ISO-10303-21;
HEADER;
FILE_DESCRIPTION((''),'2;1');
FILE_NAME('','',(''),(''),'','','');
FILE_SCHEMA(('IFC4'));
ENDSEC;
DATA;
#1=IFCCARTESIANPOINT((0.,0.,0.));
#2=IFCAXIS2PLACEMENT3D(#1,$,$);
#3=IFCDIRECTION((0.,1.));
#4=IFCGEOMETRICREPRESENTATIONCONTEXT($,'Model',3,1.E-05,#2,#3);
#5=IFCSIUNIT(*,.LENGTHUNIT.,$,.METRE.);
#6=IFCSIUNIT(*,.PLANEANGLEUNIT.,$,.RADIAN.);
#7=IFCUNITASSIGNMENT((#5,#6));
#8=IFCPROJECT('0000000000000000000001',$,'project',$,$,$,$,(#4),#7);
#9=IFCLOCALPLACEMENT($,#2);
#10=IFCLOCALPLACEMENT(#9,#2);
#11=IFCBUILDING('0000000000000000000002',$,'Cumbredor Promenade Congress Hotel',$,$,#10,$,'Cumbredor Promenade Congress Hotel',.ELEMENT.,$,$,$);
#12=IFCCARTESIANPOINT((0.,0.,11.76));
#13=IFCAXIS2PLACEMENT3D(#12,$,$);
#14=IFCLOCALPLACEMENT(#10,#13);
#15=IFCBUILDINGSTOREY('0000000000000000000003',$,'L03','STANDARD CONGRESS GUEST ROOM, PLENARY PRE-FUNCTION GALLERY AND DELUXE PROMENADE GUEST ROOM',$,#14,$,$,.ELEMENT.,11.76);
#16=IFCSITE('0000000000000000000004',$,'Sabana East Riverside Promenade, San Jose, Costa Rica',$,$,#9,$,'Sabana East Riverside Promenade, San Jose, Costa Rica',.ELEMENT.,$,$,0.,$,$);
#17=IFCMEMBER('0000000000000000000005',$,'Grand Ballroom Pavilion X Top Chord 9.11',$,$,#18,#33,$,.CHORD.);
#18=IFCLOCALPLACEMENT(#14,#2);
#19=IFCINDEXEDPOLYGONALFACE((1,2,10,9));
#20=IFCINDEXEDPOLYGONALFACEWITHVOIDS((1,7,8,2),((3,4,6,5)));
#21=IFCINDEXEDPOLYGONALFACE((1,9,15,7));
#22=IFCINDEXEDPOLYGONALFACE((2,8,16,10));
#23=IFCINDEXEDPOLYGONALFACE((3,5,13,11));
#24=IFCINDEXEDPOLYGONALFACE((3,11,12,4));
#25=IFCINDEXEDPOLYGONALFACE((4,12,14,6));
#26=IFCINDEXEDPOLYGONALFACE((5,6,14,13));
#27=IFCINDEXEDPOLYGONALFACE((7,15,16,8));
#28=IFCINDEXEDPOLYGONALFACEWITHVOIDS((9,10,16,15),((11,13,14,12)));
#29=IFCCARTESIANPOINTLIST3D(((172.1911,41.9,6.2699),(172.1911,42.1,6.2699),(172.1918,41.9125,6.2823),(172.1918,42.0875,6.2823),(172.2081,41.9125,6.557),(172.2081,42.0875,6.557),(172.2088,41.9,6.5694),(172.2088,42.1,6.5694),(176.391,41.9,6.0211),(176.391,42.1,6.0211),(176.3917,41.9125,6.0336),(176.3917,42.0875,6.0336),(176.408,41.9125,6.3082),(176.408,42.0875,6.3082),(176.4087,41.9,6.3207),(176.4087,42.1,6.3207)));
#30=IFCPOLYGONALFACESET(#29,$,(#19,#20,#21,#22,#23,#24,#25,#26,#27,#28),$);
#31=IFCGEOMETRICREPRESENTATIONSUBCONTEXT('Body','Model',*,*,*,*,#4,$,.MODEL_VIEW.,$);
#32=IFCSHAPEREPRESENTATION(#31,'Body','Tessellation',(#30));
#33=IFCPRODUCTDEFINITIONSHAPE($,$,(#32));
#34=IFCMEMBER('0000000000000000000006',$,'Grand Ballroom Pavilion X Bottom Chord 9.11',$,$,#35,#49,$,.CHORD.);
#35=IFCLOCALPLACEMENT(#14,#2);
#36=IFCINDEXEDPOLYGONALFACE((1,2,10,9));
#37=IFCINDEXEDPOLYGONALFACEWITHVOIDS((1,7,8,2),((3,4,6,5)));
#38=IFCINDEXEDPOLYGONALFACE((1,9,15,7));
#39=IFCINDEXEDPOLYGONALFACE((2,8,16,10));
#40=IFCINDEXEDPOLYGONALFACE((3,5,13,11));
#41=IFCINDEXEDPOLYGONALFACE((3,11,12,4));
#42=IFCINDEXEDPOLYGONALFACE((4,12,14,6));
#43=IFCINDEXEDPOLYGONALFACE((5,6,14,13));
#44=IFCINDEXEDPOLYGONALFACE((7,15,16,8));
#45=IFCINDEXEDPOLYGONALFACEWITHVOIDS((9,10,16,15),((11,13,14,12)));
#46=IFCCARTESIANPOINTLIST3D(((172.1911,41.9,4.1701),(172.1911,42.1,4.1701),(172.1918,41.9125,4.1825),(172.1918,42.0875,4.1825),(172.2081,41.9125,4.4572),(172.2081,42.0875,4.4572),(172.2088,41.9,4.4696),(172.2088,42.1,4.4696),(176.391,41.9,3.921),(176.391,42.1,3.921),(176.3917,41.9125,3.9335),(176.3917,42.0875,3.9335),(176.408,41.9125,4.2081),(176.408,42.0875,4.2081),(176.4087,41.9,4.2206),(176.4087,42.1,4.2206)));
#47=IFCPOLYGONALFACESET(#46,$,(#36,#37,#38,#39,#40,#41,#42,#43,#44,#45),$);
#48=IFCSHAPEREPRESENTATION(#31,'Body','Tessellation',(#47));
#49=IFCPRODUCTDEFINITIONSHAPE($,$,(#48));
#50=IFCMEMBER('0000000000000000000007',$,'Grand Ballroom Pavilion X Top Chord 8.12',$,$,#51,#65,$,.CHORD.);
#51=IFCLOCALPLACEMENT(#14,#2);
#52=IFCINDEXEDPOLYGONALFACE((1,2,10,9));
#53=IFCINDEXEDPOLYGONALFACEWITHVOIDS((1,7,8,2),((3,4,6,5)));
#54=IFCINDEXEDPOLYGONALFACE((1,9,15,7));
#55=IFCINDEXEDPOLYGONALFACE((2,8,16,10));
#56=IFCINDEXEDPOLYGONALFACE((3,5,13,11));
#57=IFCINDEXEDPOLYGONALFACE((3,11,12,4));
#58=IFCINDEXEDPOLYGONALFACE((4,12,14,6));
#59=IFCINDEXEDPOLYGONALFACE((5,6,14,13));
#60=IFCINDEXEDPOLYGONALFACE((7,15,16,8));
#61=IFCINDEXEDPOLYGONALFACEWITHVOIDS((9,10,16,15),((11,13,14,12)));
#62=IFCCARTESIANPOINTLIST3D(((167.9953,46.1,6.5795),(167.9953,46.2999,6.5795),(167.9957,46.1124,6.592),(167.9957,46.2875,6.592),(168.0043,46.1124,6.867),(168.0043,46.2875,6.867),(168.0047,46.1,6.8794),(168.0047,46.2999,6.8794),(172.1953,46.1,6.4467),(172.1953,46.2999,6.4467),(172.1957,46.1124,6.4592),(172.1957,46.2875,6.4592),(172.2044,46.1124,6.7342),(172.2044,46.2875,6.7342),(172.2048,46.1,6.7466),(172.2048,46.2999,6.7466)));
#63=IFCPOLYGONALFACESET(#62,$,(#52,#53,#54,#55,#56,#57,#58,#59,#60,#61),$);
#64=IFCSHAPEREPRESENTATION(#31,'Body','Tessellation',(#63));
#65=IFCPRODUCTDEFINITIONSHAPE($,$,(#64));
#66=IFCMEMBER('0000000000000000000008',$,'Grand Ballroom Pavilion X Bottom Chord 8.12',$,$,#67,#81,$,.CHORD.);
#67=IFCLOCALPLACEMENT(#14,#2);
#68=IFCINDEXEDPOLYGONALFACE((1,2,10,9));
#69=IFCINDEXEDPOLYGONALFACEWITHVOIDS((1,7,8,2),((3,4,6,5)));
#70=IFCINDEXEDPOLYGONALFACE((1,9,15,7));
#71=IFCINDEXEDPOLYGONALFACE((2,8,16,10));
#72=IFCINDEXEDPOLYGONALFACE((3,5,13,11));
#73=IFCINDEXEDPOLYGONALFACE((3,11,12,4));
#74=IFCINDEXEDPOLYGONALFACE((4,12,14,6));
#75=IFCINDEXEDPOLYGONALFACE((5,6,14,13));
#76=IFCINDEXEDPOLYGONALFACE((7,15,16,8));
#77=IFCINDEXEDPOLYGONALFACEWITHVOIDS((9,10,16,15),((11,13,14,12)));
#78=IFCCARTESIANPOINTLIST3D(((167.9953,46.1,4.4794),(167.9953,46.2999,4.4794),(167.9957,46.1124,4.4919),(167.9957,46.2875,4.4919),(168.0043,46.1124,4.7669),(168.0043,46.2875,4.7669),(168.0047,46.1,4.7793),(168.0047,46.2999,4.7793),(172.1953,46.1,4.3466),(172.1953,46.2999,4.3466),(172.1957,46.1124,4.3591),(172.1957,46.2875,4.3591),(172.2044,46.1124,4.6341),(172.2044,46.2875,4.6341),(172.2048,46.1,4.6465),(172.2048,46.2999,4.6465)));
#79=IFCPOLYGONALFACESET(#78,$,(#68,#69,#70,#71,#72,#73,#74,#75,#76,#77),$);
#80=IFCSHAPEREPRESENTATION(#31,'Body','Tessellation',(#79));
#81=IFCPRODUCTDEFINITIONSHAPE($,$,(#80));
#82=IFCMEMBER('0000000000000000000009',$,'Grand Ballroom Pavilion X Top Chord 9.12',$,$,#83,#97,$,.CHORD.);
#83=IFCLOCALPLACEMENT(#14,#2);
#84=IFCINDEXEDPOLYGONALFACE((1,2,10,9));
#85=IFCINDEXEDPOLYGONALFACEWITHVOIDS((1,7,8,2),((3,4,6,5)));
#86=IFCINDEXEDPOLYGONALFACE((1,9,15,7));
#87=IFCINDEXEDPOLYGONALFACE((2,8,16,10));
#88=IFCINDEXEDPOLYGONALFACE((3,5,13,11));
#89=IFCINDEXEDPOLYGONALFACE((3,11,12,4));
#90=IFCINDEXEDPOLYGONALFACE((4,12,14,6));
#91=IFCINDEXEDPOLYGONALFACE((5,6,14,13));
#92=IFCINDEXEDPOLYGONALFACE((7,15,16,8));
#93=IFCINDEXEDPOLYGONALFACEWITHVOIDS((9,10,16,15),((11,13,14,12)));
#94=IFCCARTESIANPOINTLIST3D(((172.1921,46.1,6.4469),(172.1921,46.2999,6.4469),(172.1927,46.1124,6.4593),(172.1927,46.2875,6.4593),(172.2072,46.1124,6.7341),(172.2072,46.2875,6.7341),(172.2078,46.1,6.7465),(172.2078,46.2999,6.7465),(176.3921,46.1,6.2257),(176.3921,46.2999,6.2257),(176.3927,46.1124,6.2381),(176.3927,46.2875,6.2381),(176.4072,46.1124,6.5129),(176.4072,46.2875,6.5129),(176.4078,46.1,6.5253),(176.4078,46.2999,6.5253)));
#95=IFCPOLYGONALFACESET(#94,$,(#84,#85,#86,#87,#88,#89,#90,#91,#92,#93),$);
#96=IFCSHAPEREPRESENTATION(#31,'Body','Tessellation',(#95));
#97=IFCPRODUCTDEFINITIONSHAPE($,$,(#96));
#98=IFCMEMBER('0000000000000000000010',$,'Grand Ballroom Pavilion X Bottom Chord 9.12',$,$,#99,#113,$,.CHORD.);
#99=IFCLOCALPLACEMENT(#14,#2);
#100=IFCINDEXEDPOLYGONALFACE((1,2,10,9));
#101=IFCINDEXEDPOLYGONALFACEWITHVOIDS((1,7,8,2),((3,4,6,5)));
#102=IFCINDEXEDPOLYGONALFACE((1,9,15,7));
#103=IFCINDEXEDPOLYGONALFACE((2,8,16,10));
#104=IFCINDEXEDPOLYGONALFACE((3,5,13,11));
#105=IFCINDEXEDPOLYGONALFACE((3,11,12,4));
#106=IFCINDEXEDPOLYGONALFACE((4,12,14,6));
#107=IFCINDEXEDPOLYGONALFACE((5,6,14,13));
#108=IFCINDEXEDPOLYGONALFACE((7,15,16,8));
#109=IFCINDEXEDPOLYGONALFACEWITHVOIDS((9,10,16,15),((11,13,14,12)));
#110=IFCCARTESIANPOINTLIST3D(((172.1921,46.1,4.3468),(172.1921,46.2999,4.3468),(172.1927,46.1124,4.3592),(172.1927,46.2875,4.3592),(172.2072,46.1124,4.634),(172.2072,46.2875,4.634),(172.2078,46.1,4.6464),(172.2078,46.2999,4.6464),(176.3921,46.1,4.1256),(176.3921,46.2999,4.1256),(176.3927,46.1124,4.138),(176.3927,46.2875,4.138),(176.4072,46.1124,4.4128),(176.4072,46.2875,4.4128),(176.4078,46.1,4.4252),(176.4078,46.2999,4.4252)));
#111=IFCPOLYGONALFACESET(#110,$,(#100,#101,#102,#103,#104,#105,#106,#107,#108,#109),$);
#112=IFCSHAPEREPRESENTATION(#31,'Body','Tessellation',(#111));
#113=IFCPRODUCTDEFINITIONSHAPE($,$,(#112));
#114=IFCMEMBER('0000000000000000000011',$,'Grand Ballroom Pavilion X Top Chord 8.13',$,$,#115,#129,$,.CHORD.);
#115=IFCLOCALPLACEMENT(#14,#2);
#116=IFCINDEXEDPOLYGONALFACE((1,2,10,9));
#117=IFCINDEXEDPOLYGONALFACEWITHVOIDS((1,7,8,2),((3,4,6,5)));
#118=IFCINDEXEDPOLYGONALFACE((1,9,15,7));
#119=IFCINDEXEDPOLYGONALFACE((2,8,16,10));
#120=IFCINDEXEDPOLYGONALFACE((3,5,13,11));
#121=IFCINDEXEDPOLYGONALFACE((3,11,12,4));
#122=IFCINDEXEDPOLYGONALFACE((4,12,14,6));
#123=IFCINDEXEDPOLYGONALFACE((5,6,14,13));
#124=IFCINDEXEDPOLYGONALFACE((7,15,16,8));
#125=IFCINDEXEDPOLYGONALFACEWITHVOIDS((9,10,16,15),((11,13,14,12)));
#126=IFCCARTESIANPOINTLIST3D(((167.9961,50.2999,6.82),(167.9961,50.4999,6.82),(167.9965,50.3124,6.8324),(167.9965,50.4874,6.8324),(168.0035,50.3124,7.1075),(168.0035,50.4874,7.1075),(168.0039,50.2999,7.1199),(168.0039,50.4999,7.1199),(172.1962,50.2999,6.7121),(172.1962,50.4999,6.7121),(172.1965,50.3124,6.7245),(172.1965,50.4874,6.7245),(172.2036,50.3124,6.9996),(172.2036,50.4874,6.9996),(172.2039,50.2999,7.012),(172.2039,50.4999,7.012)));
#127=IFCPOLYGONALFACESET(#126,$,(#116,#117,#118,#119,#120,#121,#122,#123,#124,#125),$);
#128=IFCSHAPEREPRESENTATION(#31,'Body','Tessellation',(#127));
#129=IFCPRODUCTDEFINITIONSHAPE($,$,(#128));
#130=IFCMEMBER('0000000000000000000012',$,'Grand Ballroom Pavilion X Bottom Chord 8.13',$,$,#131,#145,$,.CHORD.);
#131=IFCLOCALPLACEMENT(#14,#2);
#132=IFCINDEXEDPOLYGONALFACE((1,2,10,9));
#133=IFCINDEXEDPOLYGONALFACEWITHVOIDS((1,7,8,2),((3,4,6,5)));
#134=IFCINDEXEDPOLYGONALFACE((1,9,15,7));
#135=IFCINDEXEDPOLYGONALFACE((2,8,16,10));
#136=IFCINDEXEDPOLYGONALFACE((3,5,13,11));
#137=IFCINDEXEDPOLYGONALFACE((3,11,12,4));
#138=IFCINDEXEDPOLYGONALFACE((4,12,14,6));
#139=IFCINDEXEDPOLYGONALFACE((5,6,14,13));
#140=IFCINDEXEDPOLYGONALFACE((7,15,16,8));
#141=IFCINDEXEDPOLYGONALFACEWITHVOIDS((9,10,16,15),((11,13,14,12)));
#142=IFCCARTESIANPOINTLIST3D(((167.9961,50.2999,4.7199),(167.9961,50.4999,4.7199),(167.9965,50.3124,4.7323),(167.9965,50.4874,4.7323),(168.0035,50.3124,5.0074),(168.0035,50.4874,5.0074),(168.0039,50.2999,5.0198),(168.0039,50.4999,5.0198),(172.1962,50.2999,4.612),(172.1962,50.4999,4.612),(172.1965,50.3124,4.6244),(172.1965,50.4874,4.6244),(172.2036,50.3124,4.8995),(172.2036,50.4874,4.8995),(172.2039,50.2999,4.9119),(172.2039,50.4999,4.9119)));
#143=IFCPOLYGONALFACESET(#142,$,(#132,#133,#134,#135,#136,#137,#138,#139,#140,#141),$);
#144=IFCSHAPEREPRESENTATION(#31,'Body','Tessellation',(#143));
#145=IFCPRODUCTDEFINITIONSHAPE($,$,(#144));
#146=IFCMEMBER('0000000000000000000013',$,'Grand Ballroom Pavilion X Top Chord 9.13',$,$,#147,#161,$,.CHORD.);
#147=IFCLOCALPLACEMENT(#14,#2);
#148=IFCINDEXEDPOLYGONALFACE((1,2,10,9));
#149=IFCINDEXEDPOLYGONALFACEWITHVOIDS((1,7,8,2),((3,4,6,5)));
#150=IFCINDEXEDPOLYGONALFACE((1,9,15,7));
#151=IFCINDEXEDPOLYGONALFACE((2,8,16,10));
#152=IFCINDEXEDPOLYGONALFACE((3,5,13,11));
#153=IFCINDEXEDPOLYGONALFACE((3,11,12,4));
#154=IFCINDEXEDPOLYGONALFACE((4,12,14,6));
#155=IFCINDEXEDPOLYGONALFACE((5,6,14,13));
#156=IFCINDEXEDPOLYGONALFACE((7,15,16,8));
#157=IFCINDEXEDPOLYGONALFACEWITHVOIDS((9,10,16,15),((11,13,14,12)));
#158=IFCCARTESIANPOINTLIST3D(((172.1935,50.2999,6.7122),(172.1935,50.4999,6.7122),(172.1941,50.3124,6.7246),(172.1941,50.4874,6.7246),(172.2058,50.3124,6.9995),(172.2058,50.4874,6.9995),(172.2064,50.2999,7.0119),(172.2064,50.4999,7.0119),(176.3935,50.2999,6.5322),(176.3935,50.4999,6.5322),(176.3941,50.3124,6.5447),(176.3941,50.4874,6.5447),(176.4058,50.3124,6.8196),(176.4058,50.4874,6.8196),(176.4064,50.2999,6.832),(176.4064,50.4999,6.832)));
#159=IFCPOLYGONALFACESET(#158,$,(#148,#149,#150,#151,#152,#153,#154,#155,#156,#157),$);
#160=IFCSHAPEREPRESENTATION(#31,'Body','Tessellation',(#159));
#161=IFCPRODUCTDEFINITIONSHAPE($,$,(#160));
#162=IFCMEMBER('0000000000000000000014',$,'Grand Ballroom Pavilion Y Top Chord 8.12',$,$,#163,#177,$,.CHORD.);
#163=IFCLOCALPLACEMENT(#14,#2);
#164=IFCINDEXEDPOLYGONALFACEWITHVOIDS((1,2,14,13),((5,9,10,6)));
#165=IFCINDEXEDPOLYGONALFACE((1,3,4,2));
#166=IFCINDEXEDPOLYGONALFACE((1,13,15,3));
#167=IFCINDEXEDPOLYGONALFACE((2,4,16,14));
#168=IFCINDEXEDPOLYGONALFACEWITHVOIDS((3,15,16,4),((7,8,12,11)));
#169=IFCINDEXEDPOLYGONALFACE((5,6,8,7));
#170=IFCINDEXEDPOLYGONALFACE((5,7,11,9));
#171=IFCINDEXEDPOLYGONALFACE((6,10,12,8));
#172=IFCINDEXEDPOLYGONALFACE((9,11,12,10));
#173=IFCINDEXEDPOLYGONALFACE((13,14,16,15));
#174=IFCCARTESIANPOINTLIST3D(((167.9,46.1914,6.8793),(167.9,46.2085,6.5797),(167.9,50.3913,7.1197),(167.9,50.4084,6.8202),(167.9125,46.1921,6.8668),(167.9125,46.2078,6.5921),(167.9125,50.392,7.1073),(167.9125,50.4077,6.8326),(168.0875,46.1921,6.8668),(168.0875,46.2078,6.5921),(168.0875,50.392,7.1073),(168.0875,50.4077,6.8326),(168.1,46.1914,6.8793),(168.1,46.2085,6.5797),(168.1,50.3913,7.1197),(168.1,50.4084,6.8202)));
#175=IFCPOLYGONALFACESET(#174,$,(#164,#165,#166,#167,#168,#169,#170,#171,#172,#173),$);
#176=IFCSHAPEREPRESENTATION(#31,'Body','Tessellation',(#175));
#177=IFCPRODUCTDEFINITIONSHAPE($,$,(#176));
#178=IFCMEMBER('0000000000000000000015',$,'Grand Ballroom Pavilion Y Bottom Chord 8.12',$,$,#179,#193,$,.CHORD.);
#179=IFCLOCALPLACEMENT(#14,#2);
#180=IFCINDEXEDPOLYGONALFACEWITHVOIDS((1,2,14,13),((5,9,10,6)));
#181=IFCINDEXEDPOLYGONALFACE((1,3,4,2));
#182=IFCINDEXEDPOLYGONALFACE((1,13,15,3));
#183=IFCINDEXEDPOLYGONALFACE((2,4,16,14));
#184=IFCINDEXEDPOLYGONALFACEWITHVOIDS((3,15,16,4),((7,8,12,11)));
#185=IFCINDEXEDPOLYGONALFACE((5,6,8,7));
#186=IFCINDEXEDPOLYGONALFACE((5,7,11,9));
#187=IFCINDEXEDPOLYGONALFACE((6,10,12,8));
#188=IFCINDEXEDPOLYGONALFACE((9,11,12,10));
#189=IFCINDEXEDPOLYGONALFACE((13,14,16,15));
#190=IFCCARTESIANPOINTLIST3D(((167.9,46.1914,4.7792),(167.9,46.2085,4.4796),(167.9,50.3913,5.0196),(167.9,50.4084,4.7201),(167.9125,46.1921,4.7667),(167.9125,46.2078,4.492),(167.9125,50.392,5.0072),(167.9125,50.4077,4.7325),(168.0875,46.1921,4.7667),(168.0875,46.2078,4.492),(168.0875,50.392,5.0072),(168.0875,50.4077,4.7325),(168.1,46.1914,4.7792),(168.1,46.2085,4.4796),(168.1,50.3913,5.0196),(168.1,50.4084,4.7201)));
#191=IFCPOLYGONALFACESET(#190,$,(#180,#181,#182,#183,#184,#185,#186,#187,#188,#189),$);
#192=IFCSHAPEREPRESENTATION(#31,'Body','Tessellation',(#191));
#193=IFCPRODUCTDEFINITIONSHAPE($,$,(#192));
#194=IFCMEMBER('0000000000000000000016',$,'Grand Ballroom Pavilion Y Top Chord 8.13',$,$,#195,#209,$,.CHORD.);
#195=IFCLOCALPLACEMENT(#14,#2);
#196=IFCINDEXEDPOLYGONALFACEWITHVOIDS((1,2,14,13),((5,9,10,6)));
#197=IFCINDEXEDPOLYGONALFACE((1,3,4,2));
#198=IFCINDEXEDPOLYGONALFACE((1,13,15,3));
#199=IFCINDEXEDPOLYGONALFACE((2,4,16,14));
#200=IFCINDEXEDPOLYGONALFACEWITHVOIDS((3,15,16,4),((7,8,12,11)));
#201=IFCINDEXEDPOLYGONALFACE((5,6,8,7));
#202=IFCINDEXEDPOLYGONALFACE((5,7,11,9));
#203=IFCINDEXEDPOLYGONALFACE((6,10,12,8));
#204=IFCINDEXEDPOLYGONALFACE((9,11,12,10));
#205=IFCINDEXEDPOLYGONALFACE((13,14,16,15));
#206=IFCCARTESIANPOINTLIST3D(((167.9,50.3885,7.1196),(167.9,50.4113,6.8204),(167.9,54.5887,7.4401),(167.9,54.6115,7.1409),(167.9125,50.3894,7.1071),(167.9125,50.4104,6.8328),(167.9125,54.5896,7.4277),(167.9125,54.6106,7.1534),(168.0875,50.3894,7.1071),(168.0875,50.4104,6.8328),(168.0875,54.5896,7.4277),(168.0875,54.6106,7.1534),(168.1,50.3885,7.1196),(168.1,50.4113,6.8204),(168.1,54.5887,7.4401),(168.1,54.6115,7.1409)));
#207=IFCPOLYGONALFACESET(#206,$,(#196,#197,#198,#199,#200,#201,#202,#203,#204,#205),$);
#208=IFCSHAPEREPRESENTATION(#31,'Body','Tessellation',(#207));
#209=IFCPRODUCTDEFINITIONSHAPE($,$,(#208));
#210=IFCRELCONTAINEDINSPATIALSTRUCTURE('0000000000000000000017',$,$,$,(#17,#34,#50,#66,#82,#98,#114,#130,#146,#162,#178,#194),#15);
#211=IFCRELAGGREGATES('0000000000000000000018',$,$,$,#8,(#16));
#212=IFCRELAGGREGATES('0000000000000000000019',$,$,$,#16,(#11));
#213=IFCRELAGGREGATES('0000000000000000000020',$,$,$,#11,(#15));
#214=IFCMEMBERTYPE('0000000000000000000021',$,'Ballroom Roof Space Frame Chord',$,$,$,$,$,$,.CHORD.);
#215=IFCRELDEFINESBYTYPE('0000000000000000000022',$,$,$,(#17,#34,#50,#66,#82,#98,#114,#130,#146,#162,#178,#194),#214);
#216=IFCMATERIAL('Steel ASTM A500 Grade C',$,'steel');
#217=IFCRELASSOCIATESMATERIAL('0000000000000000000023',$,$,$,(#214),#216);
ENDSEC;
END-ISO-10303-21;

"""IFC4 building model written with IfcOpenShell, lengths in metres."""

from ifc_helpers import new_model, si_unit, direction, frame, origin, origin_2d, place, context, subcontext, project, spatial, hollow_rectangle, extrude, material, material_profile, profile_set, type_object, element, save


model = new_model("IFC4")

# Units and contexts
model_context = context("Model", 3, precision=1e-05, world=origin(), true_north=direction((0.0, 1.0)))
body_context = subcontext(model_context, "Body", "Model", "MODEL_VIEW")
ifc_project = project(units=[si_unit("LENGTHUNIT", "METRE"), si_unit("PLANEANGLEUNIT", "RADIAN")], contexts=[model_context])

# Site, building, storey
site_placement = place(None, origin())
site = spatial("IfcSite", under=ifc_project, at=site_placement, Name="Sabana East Riverside Promenade, San Jose, Costa Rica", LongName="Sabana East Riverside Promenade, San Jose, Costa Rica", CompositionType="ELEMENT", RefElevation=0.0)
building_placement = place(site_placement, origin())
building = spatial("IfcBuilding", under=site, at=building_placement, Name="Cumbredor Promenade Congress Hotel", LongName="Cumbredor Promenade Congress Hotel", CompositionType="ELEMENT")
storey_placement = place(building_placement, frame((0.0, 0.0, 11.76)))
storey = spatial("IfcBuildingStorey", under=building, at=storey_placement, Name="L03", Description="STANDARD CONGRESS GUEST ROOM, PLENARY PRE-FUNCTION GALLERY AND DELUXE PROMENADE GUEST ROOM", CompositionType="ELEMENT", Elevation=11.76)

# Members
ifc_material_1 = material(Name="Steel ASTM A500 Grade C", Category="steel")
ifc_material_profile_1 = material_profile(ifc_material_1, hollow_rectangle(XDim=0.2, YDim=0.3, WallThickness=0.0125, at=origin_2d()), Name="HSS 300x200x12.5")
ifc_profile_set_1 = profile_set([ifc_material_profile_1], Name="Steel ASTM A500 Grade C")
member_type_1 = type_object("IfcMemberType", Name="Ballroom Roof Space Frame Chord", PredefinedType="CHORD", material=ifc_profile_set_1)
for number, where, z_axis, x_axis, name in (
    (1, (172.2, 42.0, 6.4197), (0.99825, 0.0, -0.05913), (0.0, 1.0, 0.0), "Grand Ballroom Pavilion X Top Chord 9.11"),
    (2, (172.2, 42.0, 4.3198), (0.998247, 0.0, -0.059188), (0.0, 1.0, 0.0), "Grand Ballroom Pavilion X Bottom Chord 9.11"),
):
    element("IfcMember", number, at=place(storey_placement, frame(where, z_axis=z_axis, x_axis=x_axis)), inside=storey, type_object=member_type_1, Name=name, PredefinedType="CHORD", context=body_context, shape_type="SweptSolid", body=[
        extrude(hollow_rectangle(XDim=0.2, YDim=0.3, WallThickness=0.0125, at=origin_2d()), origin(), (0.0, 0.0, 1.0), 4.2073),
    ])
for number, where, z_axis, x_axis, name in (
    (3, (168.0, 46.2, 6.7295), (0.9995, 0.0, -0.031607), (0.0, 1.0, 0.0), "Grand Ballroom Pavilion X Top Chord 8.12"),
    (4, (168.0, 46.2, 4.6294), (0.9995, 0.0, -0.031607), (0.0, 1.0, 0.0), "Grand Ballroom Pavilion X Bottom Chord 8.12"),
):
    element("IfcMember", number, at=place(storey_placement, frame(where, z_axis=z_axis, x_axis=x_axis)), inside=storey, type_object=member_type_1, Name=name, PredefinedType="CHORD", context=body_context, shape_type="SweptSolid", body=[
        extrude(hollow_rectangle(XDim=0.2, YDim=0.3, WallThickness=0.0125, at=origin_2d()), origin(), (0.0, 0.0, 1.0), 4.2021),
    ])
for number, where, z_axis, x_axis, name in (
    (5, (172.2, 46.2, 6.5967), (0.998616, 0.0, -0.052592), (0.0, 1.0, 0.0), "Grand Ballroom Pavilion X Top Chord 9.12"),
    (6, (172.2, 46.2, 4.4966), (0.998616, 0.0, -0.052592), (0.0, 1.0, 0.0), "Grand Ballroom Pavilion X Bottom Chord 9.12"),
):
    element("IfcMember", number, at=place(storey_placement, frame(where, z_axis=z_axis, x_axis=x_axis)), inside=storey, type_object=member_type_1, Name=name, PredefinedType="CHORD", context=body_context, shape_type="SweptSolid", body=[
        extrude(hollow_rectangle(XDim=0.2, YDim=0.3, WallThickness=0.0125, at=origin_2d()), origin(), (0.0, 0.0, 1.0), 4.2058),
    ])
for number, where, z_axis, x_axis, name in (
    (7, (168.0, 50.3999, 6.97), (0.99967, 0.0, -0.025685), (0.0, 1.0, 0.0), "Grand Ballroom Pavilion X Top Chord 8.13"),
    (8, (168.0, 50.3999, 4.8699), (0.99967, 0.0, -0.025685), (0.0, 1.0, 0.0), "Grand Ballroom Pavilion X Bottom Chord 8.13"),
):
    element("IfcMember", number, at=place(storey_placement, frame(where, z_axis=z_axis, x_axis=x_axis)), inside=storey, type_object=member_type_1, Name=name, PredefinedType="CHORD", context=body_context, shape_type="SweptSolid", body=[
        extrude(hollow_rectangle(XDim=0.2, YDim=0.3, WallThickness=0.0125, at=origin_2d()), origin(), (0.0, 0.0, 1.0), 4.2014),
    ])
member_1_placement = place(storey_placement, frame((172.2, 50.3999, 6.8621), z_axis=(0.999084, 0.0, -0.042802), x_axis=(0.0, 1.0, 0.0)))
element("IfcMember", 9, at=member_1_placement, inside=storey, type_object=member_type_1, Name="Grand Ballroom Pavilion X Top Chord 9.13", PredefinedType="CHORD", context=body_context, shape_type="SweptSolid", body=[
    extrude(hollow_rectangle(XDim=0.2, YDim=0.3, WallThickness=0.0125, at=origin_2d()), origin(), (0.0, 0.0, 1.0), 4.2039),
])
for number, where, z_axis, x_axis, name in (
    (10, (168.0, 46.2, 6.7295), (0.0, 0.998365, 0.057164), (-1.0, 0.0, 0.0), "Grand Ballroom Pavilion Y Top Chord 8.12"),
    (11, (168.0, 46.2, 4.6294), (0.0, 0.998365, 0.057164), (-1.0, 0.0, 0.0), "Grand Ballroom Pavilion Y Bottom Chord 8.12"),
):
    element("IfcMember", number, at=place(storey_placement, frame(where, z_axis=z_axis, x_axis=x_axis)), inside=storey, type_object=member_type_1, Name=name, PredefinedType="CHORD", context=body_context, shape_type="SweptSolid", body=[
        extrude(hollow_rectangle(XDim=0.2, YDim=0.3, WallThickness=0.0125, at=origin_2d()), origin(), (0.0, 0.0, 1.0), 4.2068),
    ])
for number, where, z_axis, x_axis, name in (
    (12, (168.0, 50.3999, 6.97), (0.0, 0.9971, 0.076098), (-1.0, 0.0, 0.0), "Grand Ballroom Pavilion Y Top Chord 8.13"),
):
    element("IfcMember", number, at=place(storey_placement, frame(where, z_axis=z_axis, x_axis=x_axis)), inside=storey, type_object=member_type_1, Name=name, PredefinedType="CHORD", context=body_context, shape_type="SweptSolid", body=[
        extrude(hollow_rectangle(XDim=0.2, YDim=0.3, WallThickness=0.0125, at=origin_2d()), origin(), (0.0, 0.0, 1.0), 4.2124),
    ])

save(model, "model.ifc")
